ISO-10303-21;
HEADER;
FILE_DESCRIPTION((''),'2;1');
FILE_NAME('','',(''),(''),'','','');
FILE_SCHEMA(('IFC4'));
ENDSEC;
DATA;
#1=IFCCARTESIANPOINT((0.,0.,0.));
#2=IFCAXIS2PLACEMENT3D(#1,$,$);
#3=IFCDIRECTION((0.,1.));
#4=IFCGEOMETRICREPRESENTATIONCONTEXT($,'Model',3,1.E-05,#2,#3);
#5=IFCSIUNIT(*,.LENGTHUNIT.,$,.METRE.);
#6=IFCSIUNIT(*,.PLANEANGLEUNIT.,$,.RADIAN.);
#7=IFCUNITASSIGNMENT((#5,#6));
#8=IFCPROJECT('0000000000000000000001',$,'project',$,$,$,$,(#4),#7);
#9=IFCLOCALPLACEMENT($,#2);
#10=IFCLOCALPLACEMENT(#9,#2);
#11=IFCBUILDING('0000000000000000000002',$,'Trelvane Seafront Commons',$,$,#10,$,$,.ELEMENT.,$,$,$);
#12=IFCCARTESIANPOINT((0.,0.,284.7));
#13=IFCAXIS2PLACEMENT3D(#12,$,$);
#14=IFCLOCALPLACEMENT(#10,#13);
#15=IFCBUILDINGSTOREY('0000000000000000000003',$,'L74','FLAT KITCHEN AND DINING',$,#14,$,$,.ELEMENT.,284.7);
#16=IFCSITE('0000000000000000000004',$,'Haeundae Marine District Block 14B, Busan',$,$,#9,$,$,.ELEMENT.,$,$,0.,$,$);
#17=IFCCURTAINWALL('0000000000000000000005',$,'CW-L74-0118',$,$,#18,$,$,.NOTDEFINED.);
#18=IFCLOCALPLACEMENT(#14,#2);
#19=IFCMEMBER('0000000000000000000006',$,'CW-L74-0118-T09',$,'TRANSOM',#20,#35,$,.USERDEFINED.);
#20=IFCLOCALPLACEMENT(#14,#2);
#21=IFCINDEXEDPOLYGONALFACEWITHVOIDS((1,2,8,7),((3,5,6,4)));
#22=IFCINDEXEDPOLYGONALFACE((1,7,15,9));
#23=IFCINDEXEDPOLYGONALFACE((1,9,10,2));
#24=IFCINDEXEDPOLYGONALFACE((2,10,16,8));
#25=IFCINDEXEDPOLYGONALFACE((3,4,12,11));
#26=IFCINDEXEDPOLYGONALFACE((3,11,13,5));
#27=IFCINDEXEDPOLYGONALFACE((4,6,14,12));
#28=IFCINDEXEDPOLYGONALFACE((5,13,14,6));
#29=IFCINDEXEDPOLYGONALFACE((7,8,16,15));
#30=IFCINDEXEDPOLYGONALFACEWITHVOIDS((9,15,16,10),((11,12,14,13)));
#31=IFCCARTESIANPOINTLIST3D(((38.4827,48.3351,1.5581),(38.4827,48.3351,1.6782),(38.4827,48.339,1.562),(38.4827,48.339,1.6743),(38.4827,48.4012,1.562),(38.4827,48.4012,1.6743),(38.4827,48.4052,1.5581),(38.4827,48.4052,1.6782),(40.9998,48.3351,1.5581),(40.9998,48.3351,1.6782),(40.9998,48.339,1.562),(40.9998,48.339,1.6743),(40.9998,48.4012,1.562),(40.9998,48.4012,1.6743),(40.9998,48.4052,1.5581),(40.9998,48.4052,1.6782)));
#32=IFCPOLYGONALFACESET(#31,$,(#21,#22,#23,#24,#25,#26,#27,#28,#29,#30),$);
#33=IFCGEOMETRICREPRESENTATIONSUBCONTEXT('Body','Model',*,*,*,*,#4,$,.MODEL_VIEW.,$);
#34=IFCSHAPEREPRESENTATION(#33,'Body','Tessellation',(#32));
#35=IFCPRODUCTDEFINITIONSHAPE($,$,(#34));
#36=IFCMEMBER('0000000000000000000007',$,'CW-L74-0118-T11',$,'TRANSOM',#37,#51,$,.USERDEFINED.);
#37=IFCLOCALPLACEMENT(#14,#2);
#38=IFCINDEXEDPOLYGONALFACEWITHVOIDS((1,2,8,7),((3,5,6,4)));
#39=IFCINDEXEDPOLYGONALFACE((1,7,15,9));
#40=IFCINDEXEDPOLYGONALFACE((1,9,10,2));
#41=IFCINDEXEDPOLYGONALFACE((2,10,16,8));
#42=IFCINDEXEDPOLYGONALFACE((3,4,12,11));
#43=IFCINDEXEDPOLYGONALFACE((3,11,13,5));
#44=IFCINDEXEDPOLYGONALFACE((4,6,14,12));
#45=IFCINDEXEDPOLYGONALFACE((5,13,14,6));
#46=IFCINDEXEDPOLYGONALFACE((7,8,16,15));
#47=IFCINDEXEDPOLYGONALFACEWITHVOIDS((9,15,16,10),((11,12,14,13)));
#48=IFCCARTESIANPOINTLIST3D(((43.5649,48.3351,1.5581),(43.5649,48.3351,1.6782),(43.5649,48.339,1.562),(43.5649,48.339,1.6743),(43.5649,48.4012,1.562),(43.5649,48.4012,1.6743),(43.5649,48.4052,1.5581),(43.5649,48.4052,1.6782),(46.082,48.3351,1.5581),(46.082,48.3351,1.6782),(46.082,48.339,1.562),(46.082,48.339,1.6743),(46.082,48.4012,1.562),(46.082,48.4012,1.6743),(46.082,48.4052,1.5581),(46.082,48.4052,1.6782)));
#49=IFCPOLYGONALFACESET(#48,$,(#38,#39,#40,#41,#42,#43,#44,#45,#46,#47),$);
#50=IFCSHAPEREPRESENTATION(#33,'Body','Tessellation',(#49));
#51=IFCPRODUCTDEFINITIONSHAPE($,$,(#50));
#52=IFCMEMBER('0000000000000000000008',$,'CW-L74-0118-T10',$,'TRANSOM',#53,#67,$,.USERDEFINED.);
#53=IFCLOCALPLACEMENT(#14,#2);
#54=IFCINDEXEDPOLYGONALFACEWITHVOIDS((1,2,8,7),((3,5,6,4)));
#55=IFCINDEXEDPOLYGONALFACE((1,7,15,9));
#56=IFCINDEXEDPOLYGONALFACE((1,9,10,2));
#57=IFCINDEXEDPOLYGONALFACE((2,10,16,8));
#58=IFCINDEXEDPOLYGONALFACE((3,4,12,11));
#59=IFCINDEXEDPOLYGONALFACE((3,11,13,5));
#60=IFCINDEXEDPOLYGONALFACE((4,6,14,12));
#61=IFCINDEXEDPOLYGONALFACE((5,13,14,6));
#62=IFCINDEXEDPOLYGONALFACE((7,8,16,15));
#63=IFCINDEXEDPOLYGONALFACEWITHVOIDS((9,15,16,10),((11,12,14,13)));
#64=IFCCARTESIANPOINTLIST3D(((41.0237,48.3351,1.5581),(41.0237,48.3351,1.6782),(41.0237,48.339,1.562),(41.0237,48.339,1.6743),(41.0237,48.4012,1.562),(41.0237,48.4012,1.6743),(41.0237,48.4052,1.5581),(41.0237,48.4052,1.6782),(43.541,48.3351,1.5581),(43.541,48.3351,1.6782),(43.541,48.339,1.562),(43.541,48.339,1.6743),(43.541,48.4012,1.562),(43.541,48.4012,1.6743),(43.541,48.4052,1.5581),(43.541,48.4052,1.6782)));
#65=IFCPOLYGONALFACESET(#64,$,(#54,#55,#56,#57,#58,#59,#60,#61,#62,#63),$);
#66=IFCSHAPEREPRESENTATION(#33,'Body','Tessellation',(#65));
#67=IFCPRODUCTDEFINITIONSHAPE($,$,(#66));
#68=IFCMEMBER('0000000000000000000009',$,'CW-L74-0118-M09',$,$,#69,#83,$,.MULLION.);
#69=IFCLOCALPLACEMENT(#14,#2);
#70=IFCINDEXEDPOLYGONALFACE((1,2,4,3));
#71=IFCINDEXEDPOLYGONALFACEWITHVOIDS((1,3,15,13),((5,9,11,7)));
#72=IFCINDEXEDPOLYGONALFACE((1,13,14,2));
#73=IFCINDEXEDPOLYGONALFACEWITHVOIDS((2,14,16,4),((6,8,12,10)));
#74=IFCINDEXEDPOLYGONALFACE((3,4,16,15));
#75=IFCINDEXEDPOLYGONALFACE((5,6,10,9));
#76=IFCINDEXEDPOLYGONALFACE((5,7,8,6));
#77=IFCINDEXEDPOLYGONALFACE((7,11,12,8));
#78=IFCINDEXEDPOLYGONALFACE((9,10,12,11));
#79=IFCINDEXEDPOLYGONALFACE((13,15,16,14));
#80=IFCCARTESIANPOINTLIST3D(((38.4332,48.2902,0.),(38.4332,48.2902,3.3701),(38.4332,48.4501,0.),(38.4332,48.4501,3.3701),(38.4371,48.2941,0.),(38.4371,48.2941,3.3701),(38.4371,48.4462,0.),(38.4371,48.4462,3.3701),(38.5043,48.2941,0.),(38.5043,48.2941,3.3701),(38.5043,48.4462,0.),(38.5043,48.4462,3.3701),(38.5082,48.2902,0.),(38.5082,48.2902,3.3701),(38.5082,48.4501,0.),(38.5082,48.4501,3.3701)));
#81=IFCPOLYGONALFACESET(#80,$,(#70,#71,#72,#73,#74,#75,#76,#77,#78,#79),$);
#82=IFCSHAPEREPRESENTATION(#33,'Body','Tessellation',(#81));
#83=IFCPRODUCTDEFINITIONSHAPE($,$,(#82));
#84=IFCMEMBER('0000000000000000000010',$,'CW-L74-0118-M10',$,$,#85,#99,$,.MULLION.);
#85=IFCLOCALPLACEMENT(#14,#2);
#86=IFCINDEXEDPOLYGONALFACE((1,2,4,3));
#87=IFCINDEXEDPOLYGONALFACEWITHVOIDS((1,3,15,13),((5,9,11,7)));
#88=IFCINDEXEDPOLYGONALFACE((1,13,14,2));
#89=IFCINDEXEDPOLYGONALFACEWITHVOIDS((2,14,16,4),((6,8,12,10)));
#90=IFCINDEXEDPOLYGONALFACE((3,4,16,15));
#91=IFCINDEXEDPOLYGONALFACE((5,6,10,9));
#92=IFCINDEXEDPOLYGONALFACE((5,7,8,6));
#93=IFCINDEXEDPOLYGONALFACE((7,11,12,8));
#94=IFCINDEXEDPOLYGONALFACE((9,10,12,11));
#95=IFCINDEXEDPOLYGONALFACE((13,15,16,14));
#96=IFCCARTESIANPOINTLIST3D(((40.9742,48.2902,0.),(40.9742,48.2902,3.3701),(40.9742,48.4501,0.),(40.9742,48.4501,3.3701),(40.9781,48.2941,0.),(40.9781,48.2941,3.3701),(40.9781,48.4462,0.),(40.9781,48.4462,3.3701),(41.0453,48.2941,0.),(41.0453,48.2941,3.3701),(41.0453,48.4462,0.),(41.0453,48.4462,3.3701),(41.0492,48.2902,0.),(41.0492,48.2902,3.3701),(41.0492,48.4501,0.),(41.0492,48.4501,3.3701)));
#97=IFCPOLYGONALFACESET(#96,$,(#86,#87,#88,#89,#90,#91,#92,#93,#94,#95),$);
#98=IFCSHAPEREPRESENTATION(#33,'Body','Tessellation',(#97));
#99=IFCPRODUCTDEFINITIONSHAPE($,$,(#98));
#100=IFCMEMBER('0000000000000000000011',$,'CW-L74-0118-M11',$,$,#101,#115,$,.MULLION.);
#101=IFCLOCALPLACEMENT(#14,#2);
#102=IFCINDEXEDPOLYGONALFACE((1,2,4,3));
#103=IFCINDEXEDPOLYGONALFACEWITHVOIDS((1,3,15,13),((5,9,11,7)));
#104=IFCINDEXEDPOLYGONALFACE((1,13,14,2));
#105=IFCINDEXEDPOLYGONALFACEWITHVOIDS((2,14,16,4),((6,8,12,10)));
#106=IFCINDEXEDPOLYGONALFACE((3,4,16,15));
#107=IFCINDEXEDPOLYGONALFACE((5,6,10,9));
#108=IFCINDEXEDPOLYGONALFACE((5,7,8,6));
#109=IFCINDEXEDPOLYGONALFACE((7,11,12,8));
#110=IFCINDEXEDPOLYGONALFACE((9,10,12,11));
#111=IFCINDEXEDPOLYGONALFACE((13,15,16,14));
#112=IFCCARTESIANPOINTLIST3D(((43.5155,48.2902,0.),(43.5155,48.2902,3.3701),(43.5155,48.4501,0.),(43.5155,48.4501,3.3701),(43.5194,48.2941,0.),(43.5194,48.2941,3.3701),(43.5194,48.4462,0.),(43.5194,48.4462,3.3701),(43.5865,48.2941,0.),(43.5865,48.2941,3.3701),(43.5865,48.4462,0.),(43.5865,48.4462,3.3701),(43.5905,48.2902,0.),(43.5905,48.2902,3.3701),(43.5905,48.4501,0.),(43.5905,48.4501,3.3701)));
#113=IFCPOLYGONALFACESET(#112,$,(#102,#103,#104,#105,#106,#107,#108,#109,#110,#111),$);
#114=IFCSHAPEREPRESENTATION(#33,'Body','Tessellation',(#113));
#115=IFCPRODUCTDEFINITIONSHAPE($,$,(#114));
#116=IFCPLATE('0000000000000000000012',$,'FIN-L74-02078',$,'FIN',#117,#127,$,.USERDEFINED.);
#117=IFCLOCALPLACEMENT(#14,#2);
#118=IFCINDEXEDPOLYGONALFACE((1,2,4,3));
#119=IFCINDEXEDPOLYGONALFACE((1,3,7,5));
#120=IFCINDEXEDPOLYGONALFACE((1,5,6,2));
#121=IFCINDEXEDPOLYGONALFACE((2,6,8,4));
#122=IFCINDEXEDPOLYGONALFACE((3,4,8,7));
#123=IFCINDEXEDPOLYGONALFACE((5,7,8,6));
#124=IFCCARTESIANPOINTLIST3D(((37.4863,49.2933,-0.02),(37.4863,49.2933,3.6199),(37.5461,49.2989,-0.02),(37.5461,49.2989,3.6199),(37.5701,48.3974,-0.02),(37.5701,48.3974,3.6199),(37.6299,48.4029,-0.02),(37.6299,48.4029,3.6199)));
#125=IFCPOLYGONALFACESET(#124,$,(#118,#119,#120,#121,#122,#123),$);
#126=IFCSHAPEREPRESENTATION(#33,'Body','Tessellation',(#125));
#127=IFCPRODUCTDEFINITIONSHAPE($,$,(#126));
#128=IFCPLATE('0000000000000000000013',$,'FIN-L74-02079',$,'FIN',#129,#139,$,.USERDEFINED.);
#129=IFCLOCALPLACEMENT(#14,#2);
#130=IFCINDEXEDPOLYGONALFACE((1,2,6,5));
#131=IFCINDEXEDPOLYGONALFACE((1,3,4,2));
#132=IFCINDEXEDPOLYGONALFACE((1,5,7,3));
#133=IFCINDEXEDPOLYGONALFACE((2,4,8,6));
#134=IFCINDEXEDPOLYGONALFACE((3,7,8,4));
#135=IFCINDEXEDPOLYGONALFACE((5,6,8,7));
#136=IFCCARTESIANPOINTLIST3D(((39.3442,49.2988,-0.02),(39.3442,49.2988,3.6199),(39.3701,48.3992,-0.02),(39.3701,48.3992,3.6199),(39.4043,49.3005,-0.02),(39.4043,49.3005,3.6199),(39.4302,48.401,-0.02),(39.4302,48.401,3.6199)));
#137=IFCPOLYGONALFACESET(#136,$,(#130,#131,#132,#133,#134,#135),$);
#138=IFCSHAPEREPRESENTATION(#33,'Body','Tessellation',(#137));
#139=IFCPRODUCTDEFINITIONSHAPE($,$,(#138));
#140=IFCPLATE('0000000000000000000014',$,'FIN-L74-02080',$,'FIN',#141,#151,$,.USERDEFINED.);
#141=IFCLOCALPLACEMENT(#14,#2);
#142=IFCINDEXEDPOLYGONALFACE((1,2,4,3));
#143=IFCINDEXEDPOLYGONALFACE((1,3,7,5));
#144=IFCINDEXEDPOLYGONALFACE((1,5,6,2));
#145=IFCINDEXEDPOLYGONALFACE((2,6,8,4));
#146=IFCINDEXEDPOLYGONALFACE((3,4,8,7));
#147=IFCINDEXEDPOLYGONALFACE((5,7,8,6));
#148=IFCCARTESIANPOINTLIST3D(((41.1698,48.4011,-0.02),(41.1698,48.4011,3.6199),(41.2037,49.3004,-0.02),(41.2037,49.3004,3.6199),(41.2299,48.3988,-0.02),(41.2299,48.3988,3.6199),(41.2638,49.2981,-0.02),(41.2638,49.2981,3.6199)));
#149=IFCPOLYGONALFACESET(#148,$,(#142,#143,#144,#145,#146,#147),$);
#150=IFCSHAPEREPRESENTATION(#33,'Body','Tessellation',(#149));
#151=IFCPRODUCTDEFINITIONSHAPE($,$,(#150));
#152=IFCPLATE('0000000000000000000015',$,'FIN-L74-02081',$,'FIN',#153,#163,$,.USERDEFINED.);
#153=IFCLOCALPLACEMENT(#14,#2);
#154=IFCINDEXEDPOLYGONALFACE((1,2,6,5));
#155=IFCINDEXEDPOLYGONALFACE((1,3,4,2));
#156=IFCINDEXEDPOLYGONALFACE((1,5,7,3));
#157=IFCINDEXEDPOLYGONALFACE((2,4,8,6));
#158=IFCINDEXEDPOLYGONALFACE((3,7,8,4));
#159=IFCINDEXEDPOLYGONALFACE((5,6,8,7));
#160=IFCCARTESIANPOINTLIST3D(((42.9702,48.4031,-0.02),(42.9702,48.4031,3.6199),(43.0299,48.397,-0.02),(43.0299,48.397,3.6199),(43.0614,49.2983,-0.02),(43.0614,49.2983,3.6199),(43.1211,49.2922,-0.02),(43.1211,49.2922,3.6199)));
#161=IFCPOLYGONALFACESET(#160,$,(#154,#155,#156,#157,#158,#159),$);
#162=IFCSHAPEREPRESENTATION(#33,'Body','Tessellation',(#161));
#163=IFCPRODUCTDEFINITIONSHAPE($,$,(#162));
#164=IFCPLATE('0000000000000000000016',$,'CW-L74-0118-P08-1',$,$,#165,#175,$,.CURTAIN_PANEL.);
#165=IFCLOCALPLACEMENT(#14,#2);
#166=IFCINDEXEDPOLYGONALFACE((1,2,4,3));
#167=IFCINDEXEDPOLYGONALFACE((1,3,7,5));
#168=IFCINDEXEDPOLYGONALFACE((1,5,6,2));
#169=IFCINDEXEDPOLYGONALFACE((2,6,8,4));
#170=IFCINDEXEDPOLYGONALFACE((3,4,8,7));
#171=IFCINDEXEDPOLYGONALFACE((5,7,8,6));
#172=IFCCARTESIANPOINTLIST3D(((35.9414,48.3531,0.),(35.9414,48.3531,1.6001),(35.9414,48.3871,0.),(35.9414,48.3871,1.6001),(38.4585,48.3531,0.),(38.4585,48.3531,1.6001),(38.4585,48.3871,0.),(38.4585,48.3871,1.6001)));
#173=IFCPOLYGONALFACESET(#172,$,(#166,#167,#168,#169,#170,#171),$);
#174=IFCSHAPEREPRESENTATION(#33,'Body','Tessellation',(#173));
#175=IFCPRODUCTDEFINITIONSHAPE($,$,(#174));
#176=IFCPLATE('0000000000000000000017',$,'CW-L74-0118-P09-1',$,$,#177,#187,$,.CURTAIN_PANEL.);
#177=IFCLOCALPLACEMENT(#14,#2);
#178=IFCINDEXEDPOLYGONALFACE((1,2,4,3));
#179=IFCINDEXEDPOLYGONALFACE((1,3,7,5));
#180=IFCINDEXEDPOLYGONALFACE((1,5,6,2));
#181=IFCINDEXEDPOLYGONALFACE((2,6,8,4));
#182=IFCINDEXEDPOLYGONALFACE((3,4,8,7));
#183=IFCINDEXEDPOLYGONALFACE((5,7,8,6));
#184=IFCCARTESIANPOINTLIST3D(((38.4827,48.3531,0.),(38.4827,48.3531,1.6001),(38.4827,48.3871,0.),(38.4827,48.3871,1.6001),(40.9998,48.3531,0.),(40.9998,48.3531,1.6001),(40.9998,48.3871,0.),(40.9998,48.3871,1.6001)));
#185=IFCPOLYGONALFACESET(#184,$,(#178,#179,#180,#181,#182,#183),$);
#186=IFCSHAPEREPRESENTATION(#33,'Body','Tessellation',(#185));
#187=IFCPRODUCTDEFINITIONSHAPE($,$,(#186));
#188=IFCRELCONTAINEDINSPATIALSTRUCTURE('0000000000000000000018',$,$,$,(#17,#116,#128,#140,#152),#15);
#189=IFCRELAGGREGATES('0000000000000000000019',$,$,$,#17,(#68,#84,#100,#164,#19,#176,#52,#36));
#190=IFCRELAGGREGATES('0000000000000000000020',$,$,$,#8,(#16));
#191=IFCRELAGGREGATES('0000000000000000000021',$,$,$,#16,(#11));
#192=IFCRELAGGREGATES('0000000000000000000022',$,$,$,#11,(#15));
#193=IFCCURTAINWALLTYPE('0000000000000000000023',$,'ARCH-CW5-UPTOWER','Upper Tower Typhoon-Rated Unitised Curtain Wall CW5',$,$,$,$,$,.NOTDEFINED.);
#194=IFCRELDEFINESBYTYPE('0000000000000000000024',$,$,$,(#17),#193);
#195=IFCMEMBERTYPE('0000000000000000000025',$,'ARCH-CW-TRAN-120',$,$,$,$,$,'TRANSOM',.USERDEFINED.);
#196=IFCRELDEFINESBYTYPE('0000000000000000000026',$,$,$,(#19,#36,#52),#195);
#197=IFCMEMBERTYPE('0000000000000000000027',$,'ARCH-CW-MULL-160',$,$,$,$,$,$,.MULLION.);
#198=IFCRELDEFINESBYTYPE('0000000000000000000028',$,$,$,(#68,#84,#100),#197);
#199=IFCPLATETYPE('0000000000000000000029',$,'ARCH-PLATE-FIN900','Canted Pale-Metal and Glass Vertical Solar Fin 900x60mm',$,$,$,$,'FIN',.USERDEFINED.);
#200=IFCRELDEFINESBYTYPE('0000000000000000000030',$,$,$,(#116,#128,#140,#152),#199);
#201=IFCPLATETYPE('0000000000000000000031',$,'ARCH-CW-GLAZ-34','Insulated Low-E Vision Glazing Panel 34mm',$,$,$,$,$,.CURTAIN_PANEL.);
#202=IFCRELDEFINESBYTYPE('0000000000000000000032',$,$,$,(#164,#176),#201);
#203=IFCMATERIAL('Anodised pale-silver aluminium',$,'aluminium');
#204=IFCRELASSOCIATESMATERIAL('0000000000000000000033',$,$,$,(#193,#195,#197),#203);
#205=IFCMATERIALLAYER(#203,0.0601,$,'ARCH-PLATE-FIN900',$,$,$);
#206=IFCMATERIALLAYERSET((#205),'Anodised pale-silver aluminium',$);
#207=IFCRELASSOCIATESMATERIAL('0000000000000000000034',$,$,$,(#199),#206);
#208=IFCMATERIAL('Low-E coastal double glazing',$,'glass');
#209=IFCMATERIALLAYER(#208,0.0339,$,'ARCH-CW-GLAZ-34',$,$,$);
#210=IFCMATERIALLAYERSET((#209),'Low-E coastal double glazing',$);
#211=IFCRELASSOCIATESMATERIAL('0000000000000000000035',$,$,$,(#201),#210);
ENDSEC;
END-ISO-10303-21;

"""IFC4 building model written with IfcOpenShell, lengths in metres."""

from ifc_helpers import new_model, si_unit, direction, frame, origin, origin_2d, place, context, subcontext, project, spatial, rectangle, hollow_rectangle, extrude, source, transform, mapped, material, layer, layer_set, material_profile, profile_set, type_object, element, aggregate, save


model = new_model("IFC4")

# Units and contexts
model_context = context("Model", 3, precision=1e-05, world=origin(), true_north=direction((0.0, 1.0)))
body_context = subcontext(model_context, "Body", "Model", "MODEL_VIEW")
ifc_project = project(units=[si_unit("LENGTHUNIT", "METRE"), si_unit("PLANEANGLEUNIT", "RADIAN")], contexts=[model_context])

# Site, building, storey
site_placement = place(None, origin())
site = spatial("IfcSite", under=ifc_project, at=site_placement, Name="Haeundae Marine District Block 14B, Busan", CompositionType="ELEMENT", RefElevation=0.0)
building_placement = place(site_placement, origin())
building = spatial("IfcBuilding", under=site, at=building_placement, Name="Trelvane Seafront Commons", CompositionType="ELEMENT")
storey_placement = place(building_placement, frame((0.0, 0.0, 284.7)))
storey = spatial("IfcBuildingStorey", under=building, at=storey_placement, Name="L74", Description="FLAT KITCHEN AND DINING", CompositionType="ELEMENT", Elevation=284.7)

# Curtain wall, members
ifc_material_1 = material(Name="Anodised pale-silver aluminium", Category="aluminium")
curtain_wall_type = type_object("IfcCurtainWallType", Name="ARCH-CW5-UPTOWER", Description="Upper Tower Typhoon-Rated Unitised Curtain Wall CW5", PredefinedType="NOTDEFINED", material=ifc_material_1)
curtain_wall_placement = place(storey_placement, origin())
curtain_wall = element("IfcCurtainWall", 1, at=curtain_wall_placement, inside=storey, type_object=curtain_wall_type, Name="CW-L74-0118", PredefinedType="NOTDEFINED")
ifc_material_profile_1 = material_profile(ifc_material_1, hollow_rectangle(XDim=0.0701, YDim=0.1201, WallThickness=0.0039, at=origin_2d()), Name="TRAN-70x120x4")
ifc_profile_set_1 = profile_set([ifc_material_profile_1], Name="Anodised pale-silver aluminium")
member_type_1 = type_object("IfcMemberType", Name="ARCH-CW-TRAN-120", ElementType="TRANSOM", PredefinedType="USERDEFINED", material=ifc_profile_set_1)
shared_shape_1 = source(origin(), body_context, "Body", "SweptSolid", [
    extrude(hollow_rectangle(XDim=0.0701, YDim=0.1201, WallThickness=0.0039, at=origin_2d()), origin(), (0.0, 0.0, 1.0), 2.5171),
])
member_1_placement = place(storey_placement, frame((38.4827, 48.3701, 1.6182), z_axis=(1.0, 0.0, 0.0), x_axis=(0.0, 1.0, 0.0)))
member_1 = element("IfcMember", 2, at=member_1_placement, type_object=member_type_1, Name="CW-L74-0118-T09", ObjectType="TRANSOM", PredefinedType="USERDEFINED", context=body_context, shape_type="MappedRepresentation", body=[
    mapped(shared_shape_1, transform((0.0, 0.0, 0.0), x_axis=(1.0, 0.0, 0.0), y_axis=(0.0, 1.0, 0.0), z_axis=(0.0, 0.0, 1.0), scale=1.0)),
])
member_2_placement = place(storey_placement, frame((43.5649, 48.3701, 1.6182), z_axis=(1.0, 0.0, 0.0), x_axis=(0.0, 1.0, 0.0)))
member_2 = element("IfcMember", 3, at=member_2_placement, type_object=member_type_1, Name="CW-L74-0118-T11", ObjectType="TRANSOM", PredefinedType="USERDEFINED", context=body_context, shape_type="MappedRepresentation", body=[
    mapped(shared_shape_1, transform((0.0, 0.0, 0.0), x_axis=(1.0, 0.0, 0.0), y_axis=(0.0, 1.0, 0.0), z_axis=(0.0, 0.0, 1.0), scale=1.0)),
])
shared_shape_2 = source(origin(), body_context, "Body", "SweptSolid", [
    extrude(hollow_rectangle(XDim=0.0701, YDim=0.1201, WallThickness=0.0039, at=origin_2d()), origin(), (0.0, 0.0, 1.0), 2.5173),
])
member_3_placement = place(storey_placement, frame((41.0237, 48.3701, 1.6182), z_axis=(1.0, 0.0, 0.0), x_axis=(0.0, 1.0, 0.0)))
member_3 = element("IfcMember", 4, at=member_3_placement, type_object=member_type_1, Name="CW-L74-0118-T10", ObjectType="TRANSOM", PredefinedType="USERDEFINED", context=body_context, shape_type="MappedRepresentation", body=[
    mapped(shared_shape_2, transform((0.0, 0.0, 0.0), x_axis=(1.0, 0.0, 0.0), y_axis=(0.0, 1.0, 0.0), z_axis=(0.0, 0.0, 1.0), scale=1.0)),
])
ifc_material_profile_2 = material_profile(ifc_material_1, hollow_rectangle(XDim=0.075, YDim=0.1599, WallThickness=0.0039, at=origin_2d()), Name="MULL-75x160x4")
ifc_profile_set_2 = profile_set([ifc_material_profile_2], Name="Anodised pale-silver aluminium")
member_type_2 = type_object("IfcMemberType", Name="ARCH-CW-MULL-160", PredefinedType="MULLION", material=ifc_profile_set_2)
shared_shape_3 = source(origin(), body_context, "Body", "SweptSolid", [
    extrude(hollow_rectangle(XDim=0.075, YDim=0.1599, WallThickness=0.0039, at=origin_2d()), origin(), (0.0, 0.0, 1.0), 3.3701),
])
member_4_placement = place(storey_placement, frame((38.4707, 48.3701, 0.0), z_axis=(0.0, 0.0, 1.0), x_axis=(1.0, 0.0, 0.0)))
member_4 = element("IfcMember", 5, at=member_4_placement, type_object=member_type_2, Name="CW-L74-0118-M09", PredefinedType="MULLION", context=body_context, shape_type="MappedRepresentation", body=[
    mapped(shared_shape_3, transform((0.0, 0.0, 0.0), x_axis=(1.0, 0.0, 0.0), y_axis=(0.0, 1.0, 0.0), z_axis=(0.0, 0.0, 1.0), scale=1.0)),
])
member_5_placement = place(storey_placement, frame((41.0117, 48.3701, 0.0), z_axis=(0.0, 0.0, 1.0), x_axis=(1.0, 0.0, 0.0)))
member_5 = element("IfcMember", 6, at=member_5_placement, type_object=member_type_2, Name="CW-L74-0118-M10", PredefinedType="MULLION", context=body_context, shape_type="MappedRepresentation", body=[
    mapped(shared_shape_3, transform((0.0, 0.0, 0.0), x_axis=(1.0, 0.0, 0.0), y_axis=(0.0, 1.0, 0.0), z_axis=(0.0, 0.0, 1.0), scale=1.0)),
])
member_6_placement = place(storey_placement, frame((43.553, 48.3701, 0.0), z_axis=(0.0, 0.0, 1.0), x_axis=(1.0, 0.0, 0.0)))
member_6 = element("IfcMember", 7, at=member_6_placement, type_object=member_type_2, Name="CW-L74-0118-M11", PredefinedType="MULLION", context=body_context, shape_type="MappedRepresentation", body=[
    mapped(shared_shape_3, transform((0.0, 0.0, 0.0), x_axis=(1.0, 0.0, 0.0), y_axis=(0.0, 1.0, 0.0), z_axis=(0.0, 0.0, 1.0), scale=1.0)),
])

# Plates
ifc_layer_1 = layer(ifc_material_1, 0.0601, Name="ARCH-PLATE-FIN900")
ifc_layer_set_1 = layer_set([ifc_layer_1], Name="Anodised pale-silver aluminium")
plate_type_1 = type_object("IfcPlateType", Name="ARCH-PLATE-FIN900", Description="Canted Pale-Metal and Glass Vertical Solar Fin 900x60mm", ElementType="FIN", PredefinedType="USERDEFINED", material=ifc_layer_set_1)
shared_shape_4 = source(origin(), body_context, "Body", "SweptSolid", [
    extrude(rectangle(XDim=0.8999, YDim=0.0601, at=origin_2d()), origin(), (0.0, 0.0, 1.0), 3.6399),
])
for number, where, z_axis, x_axis, name in (
    (8, (37.5581, 48.8481, -0.02), (0.0, 0.0, 1.0), (-0.093111, 0.995656, 0.0), "FIN-L74-02078"),
    (9, (39.3872, 48.8499, -0.02), (0.0, 0.0, 1.0), (-0.028778, 0.999586, 0.0), "FIN-L74-02079"),
    (10, (41.2168, 48.8496, -0.02), (0.0, 0.0, 1.0), (0.037666, 0.99929, 0.0), "FIN-L74-02080"),
    (11, (43.0457, 48.8477, -0.02), (0.0, 0.0, 1.0), (0.101329, 0.994853, 0.0), "FIN-L74-02081"),
):
    element("IfcPlate", number, at=place(storey_placement, frame(where, z_axis=z_axis, x_axis=x_axis)), inside=storey, type_object=plate_type_1, Name=name, ObjectType="FIN", PredefinedType="USERDEFINED", context=body_context, shape_type="MappedRepresentation", body=[
        mapped(shared_shape_4, transform((0.0, 0.0, 0.0), x_axis=(1.0, 0.0, 0.0), y_axis=(0.0, 1.0, 0.0), z_axis=(0.0, 0.0, 1.0), scale=1.0)),
    ])

# Plates
ifc_material_2 = material(Name="Low-E coastal double glazing", Category="glass")
ifc_layer_2 = layer(ifc_material_2, 0.0339, Name="ARCH-CW-GLAZ-34")
ifc_layer_set_2 = layer_set([ifc_layer_2], Name="Low-E coastal double glazing")
plate_type_2 = type_object("IfcPlateType", Name="ARCH-CW-GLAZ-34", Description="Insulated Low-E Vision Glazing Panel 34mm", PredefinedType="CURTAIN_PANEL", material=ifc_layer_set_2)
shared_shape_5 = source(origin(), body_context, "Body", "SweptSolid", [
    extrude(rectangle(XDim=2.5171, YDim=0.0339, at=origin_2d()), origin(), (0.0, 0.0, 1.0), 1.6001),
])
plate_1_placement = place(storey_placement, frame((37.2, 48.3701, 0.0), z_axis=(0.0, 0.0, 1.0), x_axis=(1.0, 0.0, 0.0)))
plate_1 = element("IfcPlate", 12, at=plate_1_placement, type_object=plate_type_2, Name="CW-L74-0118-P08-1", PredefinedType="CURTAIN_PANEL", context=body_context, shape_type="MappedRepresentation", body=[
    mapped(shared_shape_5, transform((0.0, 0.0, 0.0), x_axis=(1.0, 0.0, 0.0), y_axis=(0.0, 1.0, 0.0), z_axis=(0.0, 0.0, 1.0), scale=1.0)),
])
plate_2_placement = place(storey_placement, frame((39.7412, 48.3701, 0.0), z_axis=(0.0, 0.0, 1.0), x_axis=(1.0, 0.0, 0.0)))
plate_2 = element("IfcPlate", 13, at=plate_2_placement, type_object=plate_type_2, Name="CW-L74-0118-P09-1", PredefinedType="CURTAIN_PANEL", context=body_context, shape_type="MappedRepresentation", body=[
    mapped(shared_shape_5, transform((0.0, 0.0, 0.0), x_axis=(1.0, 0.0, 0.0), y_axis=(0.0, 1.0, 0.0), z_axis=(0.0, 0.0, 1.0), scale=1.0)),
])
aggregate(curtain_wall, [member_4, member_5, member_6, plate_1, member_1, plate_2, member_3, member_2])

save(model, "model.ifc")
